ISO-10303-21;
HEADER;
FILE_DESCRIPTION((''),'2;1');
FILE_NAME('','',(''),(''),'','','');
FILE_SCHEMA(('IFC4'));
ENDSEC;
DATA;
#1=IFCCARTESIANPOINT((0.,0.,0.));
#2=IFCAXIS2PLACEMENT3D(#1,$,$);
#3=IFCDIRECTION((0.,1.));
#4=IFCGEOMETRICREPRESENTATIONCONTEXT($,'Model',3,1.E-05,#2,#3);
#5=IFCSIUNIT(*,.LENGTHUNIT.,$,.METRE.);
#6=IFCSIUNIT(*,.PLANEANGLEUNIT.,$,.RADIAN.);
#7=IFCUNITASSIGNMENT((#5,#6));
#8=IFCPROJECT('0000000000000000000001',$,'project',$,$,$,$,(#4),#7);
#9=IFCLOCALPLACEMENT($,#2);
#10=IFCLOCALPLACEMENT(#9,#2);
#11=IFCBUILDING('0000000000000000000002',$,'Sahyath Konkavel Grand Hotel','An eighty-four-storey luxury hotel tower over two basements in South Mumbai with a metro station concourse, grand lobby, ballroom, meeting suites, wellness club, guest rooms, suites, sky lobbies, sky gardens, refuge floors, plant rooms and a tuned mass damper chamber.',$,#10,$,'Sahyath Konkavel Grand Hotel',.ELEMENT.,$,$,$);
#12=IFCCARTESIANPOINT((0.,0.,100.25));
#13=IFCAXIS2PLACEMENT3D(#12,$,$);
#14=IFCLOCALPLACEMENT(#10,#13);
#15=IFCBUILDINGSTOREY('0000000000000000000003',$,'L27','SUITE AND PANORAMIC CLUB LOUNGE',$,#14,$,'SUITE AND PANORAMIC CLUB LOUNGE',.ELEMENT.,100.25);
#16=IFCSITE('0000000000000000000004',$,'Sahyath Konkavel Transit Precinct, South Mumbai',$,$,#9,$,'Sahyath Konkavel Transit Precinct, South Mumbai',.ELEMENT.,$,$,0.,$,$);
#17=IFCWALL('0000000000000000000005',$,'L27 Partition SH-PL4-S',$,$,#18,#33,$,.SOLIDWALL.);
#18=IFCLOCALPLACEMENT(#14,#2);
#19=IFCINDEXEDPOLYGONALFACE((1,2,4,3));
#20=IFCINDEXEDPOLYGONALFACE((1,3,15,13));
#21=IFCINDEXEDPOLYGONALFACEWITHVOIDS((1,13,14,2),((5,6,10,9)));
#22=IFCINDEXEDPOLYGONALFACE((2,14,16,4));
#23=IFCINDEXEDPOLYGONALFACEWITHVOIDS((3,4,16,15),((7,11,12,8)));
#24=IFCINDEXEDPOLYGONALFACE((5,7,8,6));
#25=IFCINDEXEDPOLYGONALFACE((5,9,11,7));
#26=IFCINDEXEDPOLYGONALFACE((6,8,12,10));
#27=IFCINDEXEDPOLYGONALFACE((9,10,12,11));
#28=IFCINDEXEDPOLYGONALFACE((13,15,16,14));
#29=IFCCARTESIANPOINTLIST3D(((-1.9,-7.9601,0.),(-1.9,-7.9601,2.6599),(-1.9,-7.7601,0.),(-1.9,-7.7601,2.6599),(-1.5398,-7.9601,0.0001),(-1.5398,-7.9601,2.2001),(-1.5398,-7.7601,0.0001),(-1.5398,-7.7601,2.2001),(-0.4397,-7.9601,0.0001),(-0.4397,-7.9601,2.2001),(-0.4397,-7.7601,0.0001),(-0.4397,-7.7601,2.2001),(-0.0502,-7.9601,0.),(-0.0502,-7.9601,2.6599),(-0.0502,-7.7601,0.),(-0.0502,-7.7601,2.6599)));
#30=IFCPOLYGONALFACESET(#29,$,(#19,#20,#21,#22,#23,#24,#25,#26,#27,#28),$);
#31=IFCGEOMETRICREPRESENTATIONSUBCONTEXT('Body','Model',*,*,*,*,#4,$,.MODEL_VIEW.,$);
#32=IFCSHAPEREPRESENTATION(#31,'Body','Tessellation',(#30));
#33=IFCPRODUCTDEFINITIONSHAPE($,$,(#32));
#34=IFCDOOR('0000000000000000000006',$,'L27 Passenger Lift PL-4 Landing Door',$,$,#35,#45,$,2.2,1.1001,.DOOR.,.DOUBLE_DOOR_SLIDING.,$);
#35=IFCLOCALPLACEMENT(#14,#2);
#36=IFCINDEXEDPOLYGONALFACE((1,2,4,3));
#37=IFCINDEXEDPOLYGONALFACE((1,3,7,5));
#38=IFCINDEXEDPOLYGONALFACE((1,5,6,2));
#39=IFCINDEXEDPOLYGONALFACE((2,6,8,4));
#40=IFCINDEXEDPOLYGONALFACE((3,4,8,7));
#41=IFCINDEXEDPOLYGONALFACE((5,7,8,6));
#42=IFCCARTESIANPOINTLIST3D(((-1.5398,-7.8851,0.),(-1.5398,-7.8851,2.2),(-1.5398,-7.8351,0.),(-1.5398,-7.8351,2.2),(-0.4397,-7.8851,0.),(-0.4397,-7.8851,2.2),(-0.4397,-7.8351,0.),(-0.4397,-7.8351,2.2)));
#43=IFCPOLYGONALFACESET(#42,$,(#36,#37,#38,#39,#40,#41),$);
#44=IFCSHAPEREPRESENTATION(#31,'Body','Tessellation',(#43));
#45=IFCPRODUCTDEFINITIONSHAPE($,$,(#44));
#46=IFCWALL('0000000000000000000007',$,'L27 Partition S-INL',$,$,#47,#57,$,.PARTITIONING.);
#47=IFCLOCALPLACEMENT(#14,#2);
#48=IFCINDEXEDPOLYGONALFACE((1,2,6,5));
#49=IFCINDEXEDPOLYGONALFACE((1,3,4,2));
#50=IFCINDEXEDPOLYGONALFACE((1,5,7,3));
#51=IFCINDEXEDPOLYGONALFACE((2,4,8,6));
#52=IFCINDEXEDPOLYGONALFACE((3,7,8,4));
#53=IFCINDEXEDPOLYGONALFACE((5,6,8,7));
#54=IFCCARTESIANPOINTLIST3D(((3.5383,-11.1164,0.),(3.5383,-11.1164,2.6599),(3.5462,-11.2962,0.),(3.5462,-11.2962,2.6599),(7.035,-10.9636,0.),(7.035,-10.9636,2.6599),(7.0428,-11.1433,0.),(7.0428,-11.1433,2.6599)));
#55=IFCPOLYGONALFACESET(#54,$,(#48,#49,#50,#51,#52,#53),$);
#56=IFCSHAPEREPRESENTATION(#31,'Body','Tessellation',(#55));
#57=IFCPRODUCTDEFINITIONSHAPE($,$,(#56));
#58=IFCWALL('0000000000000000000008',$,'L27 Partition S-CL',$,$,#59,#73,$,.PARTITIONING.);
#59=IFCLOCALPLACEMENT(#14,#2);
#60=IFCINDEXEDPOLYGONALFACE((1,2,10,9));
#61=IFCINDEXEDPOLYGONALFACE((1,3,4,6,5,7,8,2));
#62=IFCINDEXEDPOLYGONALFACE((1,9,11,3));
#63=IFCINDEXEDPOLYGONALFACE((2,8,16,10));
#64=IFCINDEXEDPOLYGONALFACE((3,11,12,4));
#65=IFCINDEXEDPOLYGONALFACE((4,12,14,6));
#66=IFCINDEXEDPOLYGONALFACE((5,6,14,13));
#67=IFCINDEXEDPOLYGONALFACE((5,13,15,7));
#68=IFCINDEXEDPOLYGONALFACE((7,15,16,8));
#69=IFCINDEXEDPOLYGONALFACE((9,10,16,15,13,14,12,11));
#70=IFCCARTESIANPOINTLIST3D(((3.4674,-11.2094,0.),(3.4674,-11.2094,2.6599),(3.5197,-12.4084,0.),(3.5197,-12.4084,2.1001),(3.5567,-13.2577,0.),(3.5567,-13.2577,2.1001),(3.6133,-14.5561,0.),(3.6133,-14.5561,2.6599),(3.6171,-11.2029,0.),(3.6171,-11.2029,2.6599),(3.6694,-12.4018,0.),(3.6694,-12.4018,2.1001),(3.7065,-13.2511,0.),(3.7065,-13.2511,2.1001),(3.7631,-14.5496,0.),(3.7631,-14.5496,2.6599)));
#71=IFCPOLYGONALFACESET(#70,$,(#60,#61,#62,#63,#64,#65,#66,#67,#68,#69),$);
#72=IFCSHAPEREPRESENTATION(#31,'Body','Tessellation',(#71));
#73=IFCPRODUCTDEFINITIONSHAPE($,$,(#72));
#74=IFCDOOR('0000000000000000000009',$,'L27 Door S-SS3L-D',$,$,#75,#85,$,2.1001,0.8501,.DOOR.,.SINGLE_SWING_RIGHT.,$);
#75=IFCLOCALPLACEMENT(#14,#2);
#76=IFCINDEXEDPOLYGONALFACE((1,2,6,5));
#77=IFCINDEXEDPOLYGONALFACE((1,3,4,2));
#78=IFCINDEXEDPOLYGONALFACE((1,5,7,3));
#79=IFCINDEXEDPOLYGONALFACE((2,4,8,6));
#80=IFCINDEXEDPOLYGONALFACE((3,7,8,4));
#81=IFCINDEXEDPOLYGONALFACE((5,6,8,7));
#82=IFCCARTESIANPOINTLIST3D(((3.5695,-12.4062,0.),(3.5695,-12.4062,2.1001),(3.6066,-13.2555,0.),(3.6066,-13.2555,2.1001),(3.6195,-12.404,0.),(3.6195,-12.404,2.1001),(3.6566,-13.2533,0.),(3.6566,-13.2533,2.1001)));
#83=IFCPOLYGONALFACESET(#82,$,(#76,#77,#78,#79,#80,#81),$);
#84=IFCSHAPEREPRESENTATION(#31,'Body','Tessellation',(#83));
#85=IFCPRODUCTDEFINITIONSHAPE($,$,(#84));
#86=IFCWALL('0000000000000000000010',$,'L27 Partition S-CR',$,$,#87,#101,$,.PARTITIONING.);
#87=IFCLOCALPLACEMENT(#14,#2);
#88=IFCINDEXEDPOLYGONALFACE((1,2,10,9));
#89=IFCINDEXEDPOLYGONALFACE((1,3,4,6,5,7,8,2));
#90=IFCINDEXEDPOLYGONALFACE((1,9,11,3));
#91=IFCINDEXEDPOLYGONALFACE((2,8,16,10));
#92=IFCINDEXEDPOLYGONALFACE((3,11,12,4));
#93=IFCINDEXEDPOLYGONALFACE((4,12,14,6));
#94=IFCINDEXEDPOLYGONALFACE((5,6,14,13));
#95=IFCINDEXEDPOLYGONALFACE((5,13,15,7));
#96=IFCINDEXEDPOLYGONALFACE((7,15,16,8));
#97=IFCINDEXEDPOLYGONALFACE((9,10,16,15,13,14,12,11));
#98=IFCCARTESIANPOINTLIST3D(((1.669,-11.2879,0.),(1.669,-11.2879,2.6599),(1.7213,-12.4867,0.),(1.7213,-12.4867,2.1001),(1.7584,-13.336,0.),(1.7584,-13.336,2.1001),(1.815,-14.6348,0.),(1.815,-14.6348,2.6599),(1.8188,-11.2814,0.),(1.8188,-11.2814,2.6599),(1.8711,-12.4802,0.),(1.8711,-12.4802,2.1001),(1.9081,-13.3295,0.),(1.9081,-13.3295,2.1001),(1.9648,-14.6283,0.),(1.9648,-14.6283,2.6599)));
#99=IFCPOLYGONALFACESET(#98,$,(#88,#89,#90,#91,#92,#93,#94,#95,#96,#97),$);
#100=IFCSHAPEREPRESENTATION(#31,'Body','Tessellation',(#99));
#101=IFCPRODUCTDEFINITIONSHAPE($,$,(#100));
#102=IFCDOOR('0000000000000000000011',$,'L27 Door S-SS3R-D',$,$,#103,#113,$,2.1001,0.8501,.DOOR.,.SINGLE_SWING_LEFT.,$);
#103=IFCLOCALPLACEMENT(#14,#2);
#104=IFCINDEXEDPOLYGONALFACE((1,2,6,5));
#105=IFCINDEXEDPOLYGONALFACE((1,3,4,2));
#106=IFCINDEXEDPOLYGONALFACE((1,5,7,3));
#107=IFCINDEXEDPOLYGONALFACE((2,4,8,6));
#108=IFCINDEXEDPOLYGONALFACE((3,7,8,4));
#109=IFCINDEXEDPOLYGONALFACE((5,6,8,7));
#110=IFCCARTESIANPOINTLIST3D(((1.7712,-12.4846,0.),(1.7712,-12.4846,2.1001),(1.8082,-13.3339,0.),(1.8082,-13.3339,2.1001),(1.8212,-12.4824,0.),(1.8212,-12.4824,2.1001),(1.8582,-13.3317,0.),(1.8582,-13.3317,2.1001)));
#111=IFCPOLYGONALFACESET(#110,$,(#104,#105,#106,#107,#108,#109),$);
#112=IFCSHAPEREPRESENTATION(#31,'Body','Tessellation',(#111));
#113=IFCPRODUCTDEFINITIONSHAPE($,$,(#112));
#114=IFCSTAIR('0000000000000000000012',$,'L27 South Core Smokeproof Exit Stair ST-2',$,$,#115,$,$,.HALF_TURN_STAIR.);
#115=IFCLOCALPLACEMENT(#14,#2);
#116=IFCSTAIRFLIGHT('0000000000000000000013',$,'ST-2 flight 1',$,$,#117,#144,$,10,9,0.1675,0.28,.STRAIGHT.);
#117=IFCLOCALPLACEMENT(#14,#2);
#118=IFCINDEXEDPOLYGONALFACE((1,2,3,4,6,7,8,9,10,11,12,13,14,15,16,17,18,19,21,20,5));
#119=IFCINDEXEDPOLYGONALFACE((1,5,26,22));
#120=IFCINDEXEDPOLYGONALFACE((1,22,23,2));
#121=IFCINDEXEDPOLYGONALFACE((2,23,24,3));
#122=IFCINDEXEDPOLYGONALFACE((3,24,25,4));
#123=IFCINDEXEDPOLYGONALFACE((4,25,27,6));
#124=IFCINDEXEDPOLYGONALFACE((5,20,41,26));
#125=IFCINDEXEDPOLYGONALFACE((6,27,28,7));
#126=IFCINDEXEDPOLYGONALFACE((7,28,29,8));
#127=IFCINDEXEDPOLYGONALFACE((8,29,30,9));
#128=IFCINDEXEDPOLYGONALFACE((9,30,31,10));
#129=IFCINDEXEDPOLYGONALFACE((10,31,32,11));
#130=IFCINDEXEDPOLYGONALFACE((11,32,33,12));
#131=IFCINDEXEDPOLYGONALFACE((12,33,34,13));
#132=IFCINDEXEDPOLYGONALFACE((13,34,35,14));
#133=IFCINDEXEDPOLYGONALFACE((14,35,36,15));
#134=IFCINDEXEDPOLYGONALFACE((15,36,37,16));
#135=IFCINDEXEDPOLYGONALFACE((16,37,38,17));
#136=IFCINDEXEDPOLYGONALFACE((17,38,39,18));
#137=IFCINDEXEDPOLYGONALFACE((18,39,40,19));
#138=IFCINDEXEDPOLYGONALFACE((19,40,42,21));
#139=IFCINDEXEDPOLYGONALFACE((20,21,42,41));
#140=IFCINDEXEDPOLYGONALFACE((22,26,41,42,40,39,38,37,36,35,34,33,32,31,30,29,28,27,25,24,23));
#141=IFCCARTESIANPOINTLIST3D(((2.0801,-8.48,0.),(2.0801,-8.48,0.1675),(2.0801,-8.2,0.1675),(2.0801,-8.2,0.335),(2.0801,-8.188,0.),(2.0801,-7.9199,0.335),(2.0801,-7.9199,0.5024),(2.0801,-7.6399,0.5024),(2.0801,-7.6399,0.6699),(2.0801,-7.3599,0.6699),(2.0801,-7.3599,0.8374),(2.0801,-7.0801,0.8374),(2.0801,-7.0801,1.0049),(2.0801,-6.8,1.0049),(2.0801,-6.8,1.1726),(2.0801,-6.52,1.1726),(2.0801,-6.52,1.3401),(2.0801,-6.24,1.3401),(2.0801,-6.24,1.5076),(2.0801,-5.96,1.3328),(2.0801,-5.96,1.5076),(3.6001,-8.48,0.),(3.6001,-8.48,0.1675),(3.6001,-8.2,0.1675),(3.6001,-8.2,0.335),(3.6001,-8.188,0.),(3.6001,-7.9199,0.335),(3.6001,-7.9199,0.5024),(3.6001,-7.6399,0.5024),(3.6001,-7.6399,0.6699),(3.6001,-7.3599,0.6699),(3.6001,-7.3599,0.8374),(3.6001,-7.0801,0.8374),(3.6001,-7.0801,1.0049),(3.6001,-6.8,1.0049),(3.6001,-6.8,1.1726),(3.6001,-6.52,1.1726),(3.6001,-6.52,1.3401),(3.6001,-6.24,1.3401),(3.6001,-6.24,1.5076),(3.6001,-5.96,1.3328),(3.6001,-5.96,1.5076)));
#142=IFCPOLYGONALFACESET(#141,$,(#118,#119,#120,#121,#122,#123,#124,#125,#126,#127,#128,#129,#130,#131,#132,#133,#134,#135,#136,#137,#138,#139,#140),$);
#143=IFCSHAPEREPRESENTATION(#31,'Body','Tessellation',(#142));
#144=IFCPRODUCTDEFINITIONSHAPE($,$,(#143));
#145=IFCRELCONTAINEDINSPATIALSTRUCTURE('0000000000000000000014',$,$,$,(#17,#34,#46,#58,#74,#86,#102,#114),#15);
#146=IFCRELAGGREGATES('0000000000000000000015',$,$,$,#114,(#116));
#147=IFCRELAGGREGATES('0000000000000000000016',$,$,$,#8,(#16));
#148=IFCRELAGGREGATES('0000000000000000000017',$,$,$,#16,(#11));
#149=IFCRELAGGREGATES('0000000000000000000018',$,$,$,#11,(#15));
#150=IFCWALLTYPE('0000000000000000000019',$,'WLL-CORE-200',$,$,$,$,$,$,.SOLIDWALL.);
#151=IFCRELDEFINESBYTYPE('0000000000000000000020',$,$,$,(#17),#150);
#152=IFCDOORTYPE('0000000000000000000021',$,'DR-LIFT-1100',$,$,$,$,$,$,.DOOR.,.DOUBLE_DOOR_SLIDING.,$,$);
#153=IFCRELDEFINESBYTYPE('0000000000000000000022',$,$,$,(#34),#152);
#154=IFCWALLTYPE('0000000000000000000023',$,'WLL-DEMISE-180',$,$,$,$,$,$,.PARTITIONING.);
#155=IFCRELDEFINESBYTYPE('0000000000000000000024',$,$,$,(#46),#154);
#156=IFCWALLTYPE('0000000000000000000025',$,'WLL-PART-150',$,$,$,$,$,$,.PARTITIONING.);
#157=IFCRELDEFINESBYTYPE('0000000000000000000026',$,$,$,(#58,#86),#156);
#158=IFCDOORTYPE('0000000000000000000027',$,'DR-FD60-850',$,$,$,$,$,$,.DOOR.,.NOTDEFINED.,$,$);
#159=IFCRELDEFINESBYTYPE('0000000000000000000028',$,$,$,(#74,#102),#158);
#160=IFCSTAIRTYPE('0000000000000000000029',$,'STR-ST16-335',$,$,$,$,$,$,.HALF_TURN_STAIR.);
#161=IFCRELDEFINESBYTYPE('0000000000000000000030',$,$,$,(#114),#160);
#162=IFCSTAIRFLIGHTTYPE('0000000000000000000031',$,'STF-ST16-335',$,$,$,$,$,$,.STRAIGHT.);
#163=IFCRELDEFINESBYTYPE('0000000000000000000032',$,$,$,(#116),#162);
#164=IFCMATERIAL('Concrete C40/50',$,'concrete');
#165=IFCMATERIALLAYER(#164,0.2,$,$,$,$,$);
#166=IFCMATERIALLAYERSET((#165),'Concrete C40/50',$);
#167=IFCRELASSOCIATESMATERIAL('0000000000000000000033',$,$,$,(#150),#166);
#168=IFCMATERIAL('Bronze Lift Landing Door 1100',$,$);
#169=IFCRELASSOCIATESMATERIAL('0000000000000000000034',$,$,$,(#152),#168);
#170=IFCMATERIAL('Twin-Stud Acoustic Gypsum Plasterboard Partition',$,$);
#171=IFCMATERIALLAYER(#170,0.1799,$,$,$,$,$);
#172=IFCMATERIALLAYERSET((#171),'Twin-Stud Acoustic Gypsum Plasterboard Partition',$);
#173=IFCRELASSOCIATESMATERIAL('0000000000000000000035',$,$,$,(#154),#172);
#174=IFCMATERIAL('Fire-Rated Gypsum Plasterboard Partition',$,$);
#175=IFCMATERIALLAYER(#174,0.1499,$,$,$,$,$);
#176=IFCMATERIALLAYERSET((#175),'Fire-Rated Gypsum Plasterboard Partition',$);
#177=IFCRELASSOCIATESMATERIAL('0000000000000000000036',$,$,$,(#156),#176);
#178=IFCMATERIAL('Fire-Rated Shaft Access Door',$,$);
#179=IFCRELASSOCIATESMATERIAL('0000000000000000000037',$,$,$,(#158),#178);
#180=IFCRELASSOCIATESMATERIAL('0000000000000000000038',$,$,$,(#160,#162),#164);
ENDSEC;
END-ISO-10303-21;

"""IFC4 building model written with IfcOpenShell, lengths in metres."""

from ifc_helpers import new_model, si_unit, direction, frame, frame_2d, origin, origin_2d, place, context, subcontext, project, spatial, polyline, rectangle, outline, extrude, source, transform, mapped, material, layer, layer_set, type_object, element, fill, aggregate, save


model = new_model("IFC4")

# Units and contexts
model_context = context("Model", 3, precision=1e-05, world=origin(), true_north=direction((0.0, 1.0)))
body_context = subcontext(model_context, "Body", "Model", "MODEL_VIEW")
ifc_project = project(units=[si_unit("LENGTHUNIT", "METRE"), si_unit("PLANEANGLEUNIT", "RADIAN")], contexts=[model_context])

# Site, building, storey
site_placement = place(None, origin())
site = spatial("IfcSite", under=ifc_project, at=site_placement, Name="Sahyath Konkavel Transit Precinct, South Mumbai", LongName="Sahyath Konkavel Transit Precinct, South Mumbai", CompositionType="ELEMENT", RefElevation=0.0)
building_placement = place(site_placement, origin())
building = spatial("IfcBuilding", under=site, at=building_placement, Name="Sahyath Konkavel Grand Hotel", Description="An eighty-four-storey luxury hotel tower over two basements in South Mumbai with a metro station concourse, grand lobby, ballroom, meeting suites, wellness club, guest rooms, suites, sky lobbies, sky gardens, refuge floors, plant rooms and a tuned mass damper chamber.", LongName="Sahyath Konkavel Grand Hotel", CompositionType="ELEMENT")
storey_placement = place(building_placement, frame((0.0, 0.0, 100.25)))
storey = spatial("IfcBuildingStorey", under=building, at=storey_placement, Name="L27", Description="SUITE AND PANORAMIC CLUB LOUNGE", LongName="SUITE AND PANORAMIC CLUB LOUNGE", CompositionType="ELEMENT", Elevation=100.25)

# Shared definitions
ifc_material_1 = material(Name="Concrete C40/50", Category="concrete")
ifc_layer_1 = layer(ifc_material_1, 0.2)
ifc_layer_set_1 = layer_set([ifc_layer_1], Name="Concrete C40/50")
wall_type_1 = type_object("IfcWallType", Name="WLL-CORE-200", PredefinedType="SOLIDWALL", material=ifc_layer_set_1)

# Wall, opening, door
wall_1_placement = place(storey_placement, frame((-1.8999, -7.8601, 0.0), z_axis=(0.0, 0.0, 1.0), x_axis=(1.0, 0.0, 0.0)))
wall_1 = element("IfcWall", 1, at=wall_1_placement, inside=storey, type_object=wall_type_1, Name="L27 Partition SH-PL4-S", PredefinedType="SOLIDWALL", context=body_context, shape_type="SweptSolid", body=[
    extrude(rectangle(XDim=1.8499, YDim=0.2, at=frame_2d((0.9248, 0.0))), origin(), (0.0, 0.0, 1.0), 2.6599),
])
opening_1_placement = place(wall_1_placement, frame((0.3601, 0.0, 0.0)))
opening_1 = element("IfcOpeningElement", 2, at=opening_1_placement, cuts=wall_1, PredefinedType="OPENING", context=body_context, shape_type="SweptSolid", body=[
    extrude(rectangle(XDim=1.1001, YDim=2.2, at=frame_2d((0.55, 1.1001))), frame((0.0, 0.1099, 0.0), z_axis=(0.0, -1.0, 0.0), x_axis=(1.0, 0.0, 0.0)), (0.0, 0.0, 1.0), 0.22),
])
ifc_material_2 = material(Name="Bronze Lift Landing Door 1100")
door_type_1 = type_object("IfcDoorType", Name="DR-LIFT-1100", OperationType="DOUBLE_DOOR_SLIDING", PredefinedType="DOOR", material=ifc_material_2)
shared_shape_1 = source(origin(), body_context, "Body", "SweptSolid", [
    extrude(rectangle(XDim=1.1001, YDim=0.05, at=origin_2d()), origin(), (0.0, 0.0, 1.0), 2.2),
])
door_1_placement = place(opening_1_placement, frame((0.55, 0.0, 0.0)))
door_1 = element("IfcDoor", 3, at=door_1_placement, inside=storey, type_object=door_type_1, Name="L27 Passenger Lift PL-4 Landing Door", OperationType="DOUBLE_DOOR_SLIDING", OverallHeight=2.2, OverallWidth=1.1001, PredefinedType="DOOR", context=body_context, shape_type="MappedRepresentation", body=[
    mapped(shared_shape_1, transform((0.0, 0.0, 0.0), scale=1.0)),
])
fill(opening_1, door_1)

# Wall
ifc_material_3 = material(Name="Twin-Stud Acoustic Gypsum Plasterboard Partition")
ifc_layer_2 = layer(ifc_material_3, 0.1799)
ifc_layer_set_2 = layer_set([ifc_layer_2], Name="Twin-Stud Acoustic Gypsum Plasterboard Partition")
wall_type_2 = type_object("IfcWallType", Name="WLL-DEMISE-180", PredefinedType="PARTITIONING", material=ifc_layer_set_2)
wall_2_placement = place(storey_placement, frame((3.5422, -11.2063, 0.0), z_axis=(0.0, 0.0, 1.0), x_axis=(0.999046, 0.043667, 0.0)))
element("IfcWall", 4, at=wall_2_placement, inside=storey, type_object=wall_type_2, Name="L27 Partition S-INL", PredefinedType="PARTITIONING", context=body_context, shape_type="SweptSolid", body=[
    extrude(rectangle(XDim=3.5, YDim=0.1799, at=frame_2d((1.75, 0.0))), origin(), (0.0, 0.0, 1.0), 2.6599),
])

# Walls, openings, doors
ifc_material_4 = material(Name="Fire-Rated Gypsum Plasterboard Partition")
ifc_layer_3 = layer(ifc_material_4, 0.1499)
ifc_layer_set_3 = layer_set([ifc_layer_3], Name="Fire-Rated Gypsum Plasterboard Partition")
wall_type_3 = type_object("IfcWallType", Name="WLL-PART-150", PredefinedType="PARTITIONING", material=ifc_layer_set_3)
wall_3_placement = place(storey_placement, frame((3.5422, -11.2063, 0.0), z_axis=(0.0, 0.0, 1.0), x_axis=(0.043583, -0.99905, 0.0)))
wall_3 = element("IfcWall", 5, at=wall_3_placement, inside=storey, type_object=wall_type_3, Name="L27 Partition S-CL", PredefinedType="PARTITIONING", context=body_context, shape_type="SweptSolid", body=[
    extrude(rectangle(XDim=3.3499, YDim=0.1499, at=frame_2d((1.6748, 0.0))), origin(), (0.0, 0.0, 1.0), 2.6599),
])
opening_2_placement = place(wall_3_placement, frame((1.2, 0.0, 0.0)))
opening_2 = element("IfcOpeningElement", 6, at=opening_2_placement, cuts=wall_3, PredefinedType="OPENING", context=body_context, shape_type="SweptSolid", body=[
    extrude(rectangle(XDim=0.8501, YDim=2.1001, at=frame_2d((0.425, 1.05))), frame((0.0, 0.085, 0.0), z_axis=(0.0, -1.0, 0.0), x_axis=(1.0, 0.0, 0.0)), (0.0, 0.0, 1.0), 0.1699),
])
ifc_material_5 = material(Name="Fire-Rated Shaft Access Door")
door_type_2 = type_object("IfcDoorType", Name="DR-FD60-850", OperationType="NOTDEFINED", PredefinedType="DOOR", material=ifc_material_5)
shared_shape_2 = source(origin(), body_context, "Body", "SweptSolid", [
    extrude(rectangle(XDim=0.8501, YDim=0.05, at=origin_2d()), origin(), (0.0, 0.0, 1.0), 2.1001),
])
door_2_placement = place(opening_2_placement, frame((0.425, 0.0, 0.0)))
door_2 = element("IfcDoor", 7, at=door_2_placement, inside=storey, type_object=door_type_2, Name="L27 Door S-SS3L-D", OperationType="SINGLE_SWING_RIGHT", OverallHeight=2.1001, OverallWidth=0.8501, PredefinedType="DOOR", context=body_context, shape_type="MappedRepresentation", body=[
    mapped(shared_shape_2, transform((0.0, 0.0, 0.0), scale=1.0)),
])
fill(opening_2, door_2)
wall_4_placement = place(storey_placement, frame((1.7439, -11.2847, 0.0), z_axis=(0.0, 0.0, 1.0), x_axis=(0.04358, -0.99905, 0.0)))
wall_4 = element("IfcWall", 8, at=wall_4_placement, inside=storey, type_object=wall_type_3, Name="L27 Partition S-CR", PredefinedType="PARTITIONING", context=body_context, shape_type="SweptSolid", body=[
    extrude(rectangle(XDim=3.3501, YDim=0.1499, at=frame_2d((1.675, 0.0))), origin(), (0.0, 0.0, 1.0), 2.6599),
])
opening_3_placement = place(wall_4_placement, frame((1.2, 0.0, 0.0)))
opening_3 = element("IfcOpeningElement", 9, at=opening_3_placement, cuts=wall_4, PredefinedType="OPENING", context=body_context, shape_type="SweptSolid", body=[
    extrude(rectangle(XDim=0.8501, YDim=2.1001, at=frame_2d((0.425, 1.05))), frame((0.0, 0.085, 0.0), z_axis=(0.0, -1.0, 0.0), x_axis=(1.0, 0.0, 0.0)), (0.0, 0.0, 1.0), 0.1699),
])
door_3_placement = place(opening_3_placement, frame((0.425, 0.0, 0.0)))
door_3 = element("IfcDoor", 10, at=door_3_placement, inside=storey, type_object=door_type_2, Name="L27 Door S-SS3R-D", OperationType="SINGLE_SWING_LEFT", OverallHeight=2.1001, OverallWidth=0.8501, PredefinedType="DOOR", context=body_context, shape_type="MappedRepresentation", body=[
    mapped(shared_shape_2, transform((0.0, 0.0, 0.0), scale=1.0)),
])
fill(opening_3, door_3)

# Stair, stair flight
stair_type = type_object("IfcStairType", Name="STR-ST16-335", PredefinedType="HALF_TURN_STAIR", material=ifc_material_1)
stair_placement = place(storey_placement, origin())
stair = element("IfcStair", 11, at=stair_placement, inside=storey, type_object=stair_type, Name="L27 South Core Smokeproof Exit Stair ST-2", PredefinedType="HALF_TURN_STAIR")
stair_flight_type = type_object("IfcStairFlightType", Name="STF-ST16-335", PredefinedType="STRAIGHT", material=ifc_material_1)
stair_flight_placement = place(storey_placement, frame((2.8401, -8.48, 0.0), z_axis=(0.0, 0.0, 1.0), x_axis=(0.0, 1.0, 0.0)))
stair_flight = element("IfcStairFlight", 12, at=stair_flight_placement, type_object=stair_flight_type, Name="ST-2 flight 1", NumberOfRisers=10, NumberOfTreads=9, PredefinedType="STRAIGHT", RiserHeight=0.1675, TreadLength=0.28, context=body_context, shape_type="SweptSolid", body=[
    extrude(outline(polyline([(0.0, 0.0), (0.0, 0.1675), (0.28, 0.1675), (0.28, 0.335), (0.5601, 0.335), (0.5601, 0.5024), (0.8401, 0.5024), (0.8401, 0.6699), (1.1201, 0.6699), (1.1201, 0.8374), (1.3999, 0.8374), (1.3999, 1.0049), (1.6799, 1.0049), (1.6799, 1.1726), (1.96, 1.1726), (1.96, 1.3401), (2.24, 1.3401), (2.24, 1.5076), (2.52, 1.5076), (2.52, 1.675), (2.52, 1.3328), (0.292, 0.0), (0.0, 0.0)])), frame((0.0, 0.76, 0.0), z_axis=(0.0, -1.0, 0.0), x_axis=(1.0, 0.0, 0.0)), (0.0, 0.0, 1.0), 1.52),
])
aggregate(stair, [stair_flight])

save(model, "model.ifc")
